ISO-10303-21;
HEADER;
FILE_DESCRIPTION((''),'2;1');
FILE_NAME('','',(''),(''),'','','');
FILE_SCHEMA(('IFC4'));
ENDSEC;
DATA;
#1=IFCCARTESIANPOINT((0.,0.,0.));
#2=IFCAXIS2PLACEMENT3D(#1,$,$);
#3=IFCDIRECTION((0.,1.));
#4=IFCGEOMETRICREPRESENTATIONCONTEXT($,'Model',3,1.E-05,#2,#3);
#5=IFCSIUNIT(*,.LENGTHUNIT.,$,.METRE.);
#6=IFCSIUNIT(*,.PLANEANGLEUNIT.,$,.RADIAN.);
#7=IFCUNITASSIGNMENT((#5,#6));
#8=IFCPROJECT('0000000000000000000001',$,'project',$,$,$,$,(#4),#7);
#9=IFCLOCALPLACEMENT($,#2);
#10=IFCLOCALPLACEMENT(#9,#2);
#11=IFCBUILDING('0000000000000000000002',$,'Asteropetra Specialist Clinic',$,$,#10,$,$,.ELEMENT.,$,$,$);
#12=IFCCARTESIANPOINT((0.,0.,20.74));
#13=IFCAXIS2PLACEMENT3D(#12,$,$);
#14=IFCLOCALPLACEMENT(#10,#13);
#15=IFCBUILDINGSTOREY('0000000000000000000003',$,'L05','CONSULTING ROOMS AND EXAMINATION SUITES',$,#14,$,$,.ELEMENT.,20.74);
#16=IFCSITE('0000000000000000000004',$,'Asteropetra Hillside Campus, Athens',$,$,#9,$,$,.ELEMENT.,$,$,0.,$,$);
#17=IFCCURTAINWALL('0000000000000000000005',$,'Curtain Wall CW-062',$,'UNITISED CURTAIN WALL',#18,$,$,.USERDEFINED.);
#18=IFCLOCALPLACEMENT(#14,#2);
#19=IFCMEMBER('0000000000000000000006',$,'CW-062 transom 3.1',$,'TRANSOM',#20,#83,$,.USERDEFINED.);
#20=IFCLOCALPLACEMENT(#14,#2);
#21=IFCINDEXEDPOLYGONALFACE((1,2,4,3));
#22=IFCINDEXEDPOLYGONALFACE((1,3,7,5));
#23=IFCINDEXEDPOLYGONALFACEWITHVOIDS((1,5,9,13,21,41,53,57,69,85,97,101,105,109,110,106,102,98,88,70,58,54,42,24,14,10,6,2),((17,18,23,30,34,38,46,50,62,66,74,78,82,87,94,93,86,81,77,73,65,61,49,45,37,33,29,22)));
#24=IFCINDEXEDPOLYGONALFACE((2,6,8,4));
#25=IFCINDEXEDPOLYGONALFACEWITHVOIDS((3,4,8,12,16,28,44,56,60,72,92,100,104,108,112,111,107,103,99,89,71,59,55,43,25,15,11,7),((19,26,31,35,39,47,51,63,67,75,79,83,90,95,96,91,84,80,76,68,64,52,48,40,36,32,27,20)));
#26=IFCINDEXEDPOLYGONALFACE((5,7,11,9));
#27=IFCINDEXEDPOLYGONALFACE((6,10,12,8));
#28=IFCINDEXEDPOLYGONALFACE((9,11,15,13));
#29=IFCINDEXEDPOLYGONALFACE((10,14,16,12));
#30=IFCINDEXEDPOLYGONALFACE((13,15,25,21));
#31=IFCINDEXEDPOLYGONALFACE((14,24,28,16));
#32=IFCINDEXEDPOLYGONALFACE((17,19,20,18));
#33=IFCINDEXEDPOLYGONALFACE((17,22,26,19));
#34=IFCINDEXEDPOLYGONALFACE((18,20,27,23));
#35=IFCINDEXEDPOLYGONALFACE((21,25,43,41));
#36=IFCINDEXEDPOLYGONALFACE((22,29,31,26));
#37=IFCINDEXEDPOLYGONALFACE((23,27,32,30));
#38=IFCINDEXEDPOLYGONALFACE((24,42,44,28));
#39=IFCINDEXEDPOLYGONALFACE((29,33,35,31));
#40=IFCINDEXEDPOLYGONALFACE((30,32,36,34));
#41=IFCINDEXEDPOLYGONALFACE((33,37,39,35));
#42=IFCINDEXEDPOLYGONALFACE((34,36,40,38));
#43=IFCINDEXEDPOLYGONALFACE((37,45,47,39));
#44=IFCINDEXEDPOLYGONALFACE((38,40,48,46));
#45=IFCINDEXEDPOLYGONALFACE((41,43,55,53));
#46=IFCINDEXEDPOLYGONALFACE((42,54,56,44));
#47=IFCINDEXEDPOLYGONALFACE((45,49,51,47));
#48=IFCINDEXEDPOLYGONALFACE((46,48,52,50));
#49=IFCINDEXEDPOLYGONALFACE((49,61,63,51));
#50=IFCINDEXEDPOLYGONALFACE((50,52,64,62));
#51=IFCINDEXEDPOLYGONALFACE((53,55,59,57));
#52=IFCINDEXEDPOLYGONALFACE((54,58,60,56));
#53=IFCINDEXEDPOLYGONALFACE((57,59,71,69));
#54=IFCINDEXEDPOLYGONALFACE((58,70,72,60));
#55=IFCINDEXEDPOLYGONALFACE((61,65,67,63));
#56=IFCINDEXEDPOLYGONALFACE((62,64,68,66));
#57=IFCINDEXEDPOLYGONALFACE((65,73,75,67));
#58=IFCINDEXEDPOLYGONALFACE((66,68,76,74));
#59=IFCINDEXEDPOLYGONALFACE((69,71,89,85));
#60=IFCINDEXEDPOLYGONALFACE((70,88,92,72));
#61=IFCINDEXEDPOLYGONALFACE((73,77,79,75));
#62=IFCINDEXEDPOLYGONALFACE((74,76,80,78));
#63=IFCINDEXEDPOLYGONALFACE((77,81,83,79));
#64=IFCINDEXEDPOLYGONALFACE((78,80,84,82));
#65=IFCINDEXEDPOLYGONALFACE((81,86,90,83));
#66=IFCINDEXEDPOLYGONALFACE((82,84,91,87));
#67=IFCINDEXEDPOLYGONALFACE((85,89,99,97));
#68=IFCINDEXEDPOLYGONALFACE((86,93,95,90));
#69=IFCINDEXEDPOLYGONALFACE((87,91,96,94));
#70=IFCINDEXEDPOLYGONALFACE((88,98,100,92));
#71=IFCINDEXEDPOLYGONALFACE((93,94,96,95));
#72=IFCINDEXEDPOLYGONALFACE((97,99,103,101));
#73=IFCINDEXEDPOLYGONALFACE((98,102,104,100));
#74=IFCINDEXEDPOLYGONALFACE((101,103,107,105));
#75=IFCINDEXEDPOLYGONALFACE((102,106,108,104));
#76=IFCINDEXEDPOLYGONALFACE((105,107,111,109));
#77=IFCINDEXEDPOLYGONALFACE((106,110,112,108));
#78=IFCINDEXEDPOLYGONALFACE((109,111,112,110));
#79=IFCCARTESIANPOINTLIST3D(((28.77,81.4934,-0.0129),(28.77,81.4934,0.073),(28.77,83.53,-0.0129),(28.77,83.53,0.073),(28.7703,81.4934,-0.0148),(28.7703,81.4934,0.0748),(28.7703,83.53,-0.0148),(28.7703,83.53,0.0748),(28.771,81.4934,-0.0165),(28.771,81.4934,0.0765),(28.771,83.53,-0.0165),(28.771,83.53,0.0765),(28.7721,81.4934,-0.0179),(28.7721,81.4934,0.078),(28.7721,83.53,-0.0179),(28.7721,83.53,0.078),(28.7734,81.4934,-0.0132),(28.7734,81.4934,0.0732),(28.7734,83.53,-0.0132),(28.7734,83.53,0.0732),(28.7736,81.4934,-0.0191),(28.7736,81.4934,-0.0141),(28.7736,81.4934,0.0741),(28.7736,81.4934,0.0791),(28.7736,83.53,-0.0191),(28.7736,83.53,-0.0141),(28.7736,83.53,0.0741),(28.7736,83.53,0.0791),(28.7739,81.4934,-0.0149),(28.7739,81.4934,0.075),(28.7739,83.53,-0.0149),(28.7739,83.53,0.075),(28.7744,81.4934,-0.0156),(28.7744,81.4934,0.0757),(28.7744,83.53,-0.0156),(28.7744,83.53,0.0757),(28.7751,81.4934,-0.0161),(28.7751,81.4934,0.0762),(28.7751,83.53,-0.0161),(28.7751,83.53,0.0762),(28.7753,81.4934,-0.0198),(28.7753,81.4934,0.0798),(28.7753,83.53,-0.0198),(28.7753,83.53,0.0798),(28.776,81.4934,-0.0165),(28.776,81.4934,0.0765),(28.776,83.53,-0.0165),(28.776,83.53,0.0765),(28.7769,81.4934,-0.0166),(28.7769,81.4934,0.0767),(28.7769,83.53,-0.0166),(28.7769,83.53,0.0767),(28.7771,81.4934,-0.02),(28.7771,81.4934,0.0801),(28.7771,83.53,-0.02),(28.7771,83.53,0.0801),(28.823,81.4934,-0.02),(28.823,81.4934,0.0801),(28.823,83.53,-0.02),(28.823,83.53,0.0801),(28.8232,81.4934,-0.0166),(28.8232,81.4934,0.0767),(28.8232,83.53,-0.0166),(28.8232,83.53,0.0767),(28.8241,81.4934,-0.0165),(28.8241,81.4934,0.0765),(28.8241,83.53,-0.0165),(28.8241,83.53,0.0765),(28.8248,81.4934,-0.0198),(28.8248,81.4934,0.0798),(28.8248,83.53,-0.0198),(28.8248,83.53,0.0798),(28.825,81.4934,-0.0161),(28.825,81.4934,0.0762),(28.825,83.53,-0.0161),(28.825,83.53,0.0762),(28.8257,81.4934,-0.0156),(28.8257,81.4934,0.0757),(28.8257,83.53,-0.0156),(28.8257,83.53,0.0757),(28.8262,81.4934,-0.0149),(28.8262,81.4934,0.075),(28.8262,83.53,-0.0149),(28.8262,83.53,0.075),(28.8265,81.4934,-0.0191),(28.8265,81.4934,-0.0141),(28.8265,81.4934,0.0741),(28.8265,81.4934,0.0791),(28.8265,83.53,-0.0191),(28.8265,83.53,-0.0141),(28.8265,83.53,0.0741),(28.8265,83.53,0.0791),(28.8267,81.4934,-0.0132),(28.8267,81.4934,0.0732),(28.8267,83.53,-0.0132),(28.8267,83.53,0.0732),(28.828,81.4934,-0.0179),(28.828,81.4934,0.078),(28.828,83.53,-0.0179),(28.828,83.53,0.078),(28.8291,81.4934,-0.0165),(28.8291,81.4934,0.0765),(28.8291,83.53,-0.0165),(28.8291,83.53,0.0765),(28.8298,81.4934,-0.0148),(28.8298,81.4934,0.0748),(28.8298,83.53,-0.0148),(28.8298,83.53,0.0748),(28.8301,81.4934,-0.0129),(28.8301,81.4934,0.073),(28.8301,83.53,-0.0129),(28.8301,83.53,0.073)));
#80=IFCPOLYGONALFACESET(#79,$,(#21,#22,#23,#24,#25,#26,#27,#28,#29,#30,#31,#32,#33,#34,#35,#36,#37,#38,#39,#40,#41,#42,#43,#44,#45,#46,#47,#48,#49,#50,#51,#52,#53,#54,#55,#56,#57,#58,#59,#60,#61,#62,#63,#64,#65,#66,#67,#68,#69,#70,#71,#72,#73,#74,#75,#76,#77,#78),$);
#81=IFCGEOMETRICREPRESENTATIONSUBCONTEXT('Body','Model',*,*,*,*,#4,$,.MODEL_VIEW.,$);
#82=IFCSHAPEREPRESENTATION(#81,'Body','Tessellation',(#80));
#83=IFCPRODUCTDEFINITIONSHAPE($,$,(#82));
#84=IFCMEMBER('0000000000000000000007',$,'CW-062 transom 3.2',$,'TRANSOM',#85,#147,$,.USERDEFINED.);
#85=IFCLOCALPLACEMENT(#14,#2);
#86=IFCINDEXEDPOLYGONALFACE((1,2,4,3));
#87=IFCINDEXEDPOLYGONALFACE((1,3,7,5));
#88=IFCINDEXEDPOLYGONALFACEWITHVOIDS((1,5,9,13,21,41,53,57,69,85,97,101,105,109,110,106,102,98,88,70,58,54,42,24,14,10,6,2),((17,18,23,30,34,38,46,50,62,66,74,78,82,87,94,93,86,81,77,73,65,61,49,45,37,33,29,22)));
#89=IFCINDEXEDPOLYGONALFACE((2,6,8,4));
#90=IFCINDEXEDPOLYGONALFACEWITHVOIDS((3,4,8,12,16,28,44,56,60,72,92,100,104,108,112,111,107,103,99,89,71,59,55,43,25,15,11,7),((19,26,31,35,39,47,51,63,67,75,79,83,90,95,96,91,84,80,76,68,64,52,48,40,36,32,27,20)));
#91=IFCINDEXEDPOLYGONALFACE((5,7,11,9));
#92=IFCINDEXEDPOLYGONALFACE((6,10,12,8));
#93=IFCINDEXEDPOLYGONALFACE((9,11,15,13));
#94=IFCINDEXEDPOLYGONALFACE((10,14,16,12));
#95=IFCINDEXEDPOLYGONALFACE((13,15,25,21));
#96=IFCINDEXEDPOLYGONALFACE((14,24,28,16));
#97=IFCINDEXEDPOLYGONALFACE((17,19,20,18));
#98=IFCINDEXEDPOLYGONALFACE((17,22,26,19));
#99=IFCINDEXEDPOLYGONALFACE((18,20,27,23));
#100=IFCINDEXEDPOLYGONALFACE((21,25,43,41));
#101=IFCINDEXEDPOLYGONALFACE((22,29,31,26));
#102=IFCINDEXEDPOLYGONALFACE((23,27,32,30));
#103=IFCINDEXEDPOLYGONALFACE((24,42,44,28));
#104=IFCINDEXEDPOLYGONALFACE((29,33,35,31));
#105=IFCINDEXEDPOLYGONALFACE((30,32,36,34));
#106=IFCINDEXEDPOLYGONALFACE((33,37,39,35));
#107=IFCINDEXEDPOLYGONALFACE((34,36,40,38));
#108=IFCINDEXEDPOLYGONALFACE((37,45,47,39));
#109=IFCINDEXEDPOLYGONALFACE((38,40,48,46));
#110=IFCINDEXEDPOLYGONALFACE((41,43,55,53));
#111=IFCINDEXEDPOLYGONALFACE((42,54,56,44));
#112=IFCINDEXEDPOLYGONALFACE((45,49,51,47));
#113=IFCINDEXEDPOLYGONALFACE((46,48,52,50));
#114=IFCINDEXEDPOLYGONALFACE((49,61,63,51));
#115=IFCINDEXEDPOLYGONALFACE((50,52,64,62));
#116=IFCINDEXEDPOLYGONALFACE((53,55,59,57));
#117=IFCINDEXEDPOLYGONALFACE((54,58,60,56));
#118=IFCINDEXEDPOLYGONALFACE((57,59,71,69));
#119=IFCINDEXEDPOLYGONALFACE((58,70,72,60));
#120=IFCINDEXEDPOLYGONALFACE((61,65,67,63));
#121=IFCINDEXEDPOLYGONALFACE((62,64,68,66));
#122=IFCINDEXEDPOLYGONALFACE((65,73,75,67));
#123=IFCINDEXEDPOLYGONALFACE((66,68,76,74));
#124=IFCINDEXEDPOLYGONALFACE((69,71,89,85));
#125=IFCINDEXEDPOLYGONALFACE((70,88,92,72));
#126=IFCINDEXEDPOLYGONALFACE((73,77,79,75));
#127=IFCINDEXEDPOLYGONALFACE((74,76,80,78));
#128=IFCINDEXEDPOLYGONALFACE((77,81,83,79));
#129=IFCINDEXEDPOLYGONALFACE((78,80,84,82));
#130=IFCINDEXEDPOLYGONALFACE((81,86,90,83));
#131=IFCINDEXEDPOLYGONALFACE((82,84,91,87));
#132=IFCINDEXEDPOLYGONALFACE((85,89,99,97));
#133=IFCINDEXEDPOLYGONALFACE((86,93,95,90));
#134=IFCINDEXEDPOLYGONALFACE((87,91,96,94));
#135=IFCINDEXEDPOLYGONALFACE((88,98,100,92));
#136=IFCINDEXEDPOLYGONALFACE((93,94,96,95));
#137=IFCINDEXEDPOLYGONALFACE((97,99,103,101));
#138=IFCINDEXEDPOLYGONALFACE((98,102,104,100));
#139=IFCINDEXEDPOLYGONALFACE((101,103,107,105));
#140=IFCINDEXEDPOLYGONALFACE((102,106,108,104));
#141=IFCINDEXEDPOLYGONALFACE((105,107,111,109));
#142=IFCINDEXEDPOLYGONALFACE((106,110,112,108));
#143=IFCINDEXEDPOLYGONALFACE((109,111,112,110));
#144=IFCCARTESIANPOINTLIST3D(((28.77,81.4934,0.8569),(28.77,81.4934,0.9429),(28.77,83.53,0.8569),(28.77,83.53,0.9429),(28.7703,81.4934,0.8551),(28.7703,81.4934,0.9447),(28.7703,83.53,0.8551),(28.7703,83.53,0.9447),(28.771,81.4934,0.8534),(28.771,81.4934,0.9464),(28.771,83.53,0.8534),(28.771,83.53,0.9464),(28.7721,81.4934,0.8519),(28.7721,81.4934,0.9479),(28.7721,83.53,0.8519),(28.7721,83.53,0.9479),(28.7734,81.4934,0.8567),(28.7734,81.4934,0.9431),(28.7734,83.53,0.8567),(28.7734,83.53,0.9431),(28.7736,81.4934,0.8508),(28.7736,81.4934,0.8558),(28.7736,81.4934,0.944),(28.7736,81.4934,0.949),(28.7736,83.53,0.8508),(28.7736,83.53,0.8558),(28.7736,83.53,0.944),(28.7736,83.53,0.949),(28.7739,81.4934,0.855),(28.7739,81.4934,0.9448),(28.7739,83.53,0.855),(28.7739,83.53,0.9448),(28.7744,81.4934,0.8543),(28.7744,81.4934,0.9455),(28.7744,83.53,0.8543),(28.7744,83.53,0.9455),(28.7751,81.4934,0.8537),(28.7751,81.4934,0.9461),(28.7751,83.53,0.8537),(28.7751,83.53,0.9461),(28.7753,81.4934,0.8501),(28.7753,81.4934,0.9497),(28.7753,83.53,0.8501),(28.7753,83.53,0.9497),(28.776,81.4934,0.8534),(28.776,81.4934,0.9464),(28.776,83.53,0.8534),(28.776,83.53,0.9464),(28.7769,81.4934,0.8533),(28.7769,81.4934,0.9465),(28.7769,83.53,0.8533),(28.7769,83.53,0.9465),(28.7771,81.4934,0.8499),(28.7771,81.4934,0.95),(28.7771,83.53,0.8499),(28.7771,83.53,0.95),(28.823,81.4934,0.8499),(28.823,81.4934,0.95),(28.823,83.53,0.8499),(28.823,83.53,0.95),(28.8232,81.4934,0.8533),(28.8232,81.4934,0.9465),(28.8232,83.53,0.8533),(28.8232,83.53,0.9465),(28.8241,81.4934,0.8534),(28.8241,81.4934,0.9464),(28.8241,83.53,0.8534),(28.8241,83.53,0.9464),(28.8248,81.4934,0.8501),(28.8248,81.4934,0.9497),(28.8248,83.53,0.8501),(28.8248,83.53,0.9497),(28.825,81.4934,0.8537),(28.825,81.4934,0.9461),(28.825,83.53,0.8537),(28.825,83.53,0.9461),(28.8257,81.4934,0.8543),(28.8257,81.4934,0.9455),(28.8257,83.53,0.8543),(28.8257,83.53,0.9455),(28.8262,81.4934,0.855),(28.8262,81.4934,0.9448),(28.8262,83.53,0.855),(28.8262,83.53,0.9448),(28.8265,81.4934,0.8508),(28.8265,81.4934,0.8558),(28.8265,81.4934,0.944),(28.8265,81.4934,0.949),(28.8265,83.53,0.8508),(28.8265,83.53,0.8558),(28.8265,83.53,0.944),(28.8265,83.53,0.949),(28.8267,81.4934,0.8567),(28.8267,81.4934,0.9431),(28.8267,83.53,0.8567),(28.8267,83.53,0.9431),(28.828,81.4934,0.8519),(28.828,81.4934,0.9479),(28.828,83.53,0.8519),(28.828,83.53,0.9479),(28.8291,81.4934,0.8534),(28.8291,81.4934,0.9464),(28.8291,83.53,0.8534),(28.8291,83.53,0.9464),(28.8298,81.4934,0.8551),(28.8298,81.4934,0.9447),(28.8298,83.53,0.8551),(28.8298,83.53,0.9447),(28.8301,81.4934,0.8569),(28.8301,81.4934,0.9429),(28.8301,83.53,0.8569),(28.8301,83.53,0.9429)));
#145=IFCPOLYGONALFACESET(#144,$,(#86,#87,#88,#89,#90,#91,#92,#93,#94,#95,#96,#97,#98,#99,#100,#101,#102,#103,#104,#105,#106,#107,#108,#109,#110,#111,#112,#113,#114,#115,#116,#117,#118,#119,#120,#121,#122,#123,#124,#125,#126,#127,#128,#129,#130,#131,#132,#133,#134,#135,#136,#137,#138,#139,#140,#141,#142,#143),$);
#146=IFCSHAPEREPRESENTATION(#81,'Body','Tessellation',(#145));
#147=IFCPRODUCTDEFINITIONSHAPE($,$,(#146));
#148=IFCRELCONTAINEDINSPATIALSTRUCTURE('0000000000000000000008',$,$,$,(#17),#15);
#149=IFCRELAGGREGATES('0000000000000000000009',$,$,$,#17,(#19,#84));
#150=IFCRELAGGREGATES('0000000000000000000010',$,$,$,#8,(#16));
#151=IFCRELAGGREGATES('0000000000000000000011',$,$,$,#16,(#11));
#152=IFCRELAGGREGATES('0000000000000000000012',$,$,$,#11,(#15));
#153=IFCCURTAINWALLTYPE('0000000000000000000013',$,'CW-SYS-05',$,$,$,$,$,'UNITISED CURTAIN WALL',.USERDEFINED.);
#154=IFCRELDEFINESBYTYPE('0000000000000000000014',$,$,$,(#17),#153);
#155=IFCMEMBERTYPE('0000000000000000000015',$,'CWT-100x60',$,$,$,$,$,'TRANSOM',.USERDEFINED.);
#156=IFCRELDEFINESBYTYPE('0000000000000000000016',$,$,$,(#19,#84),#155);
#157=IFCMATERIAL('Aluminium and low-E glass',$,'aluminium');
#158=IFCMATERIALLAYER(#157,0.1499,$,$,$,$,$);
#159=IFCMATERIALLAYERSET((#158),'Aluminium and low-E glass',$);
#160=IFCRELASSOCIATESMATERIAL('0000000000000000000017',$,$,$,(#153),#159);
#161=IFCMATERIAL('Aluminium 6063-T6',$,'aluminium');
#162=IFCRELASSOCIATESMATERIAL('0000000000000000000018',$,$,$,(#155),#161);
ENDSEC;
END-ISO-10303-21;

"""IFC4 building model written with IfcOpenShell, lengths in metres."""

from ifc_helpers import new_model, si_unit, direction, frame, origin, origin_2d, place, context, subcontext, project, spatial, hollow_rectangle, extrude, material, layer, layer_set, material_profile, profile_set, type_object, element, aggregate, save


model = new_model("IFC4")

# Units and contexts
model_context = context("Model", 3, precision=1e-05, world=origin(), true_north=direction((0.0, 1.0)))
body_context = subcontext(model_context, "Body", "Model", "MODEL_VIEW")
ifc_project = project(units=[si_unit("LENGTHUNIT", "METRE"), si_unit("PLANEANGLEUNIT", "RADIAN")], contexts=[model_context])

# Site, building, storey
site_placement = place(None, origin())
site = spatial("IfcSite", under=ifc_project, at=site_placement, Name="Asteropetra Hillside Campus, Athens", CompositionType="ELEMENT", RefElevation=0.0)
building_placement = place(site_placement, origin())
building = spatial("IfcBuilding", under=site, at=building_placement, Name="Asteropetra Specialist Clinic", CompositionType="ELEMENT")
storey_placement = place(building_placement, frame((0.0, 0.0, 20.74)))
storey = spatial("IfcBuildingStorey", under=building, at=storey_placement, Name="L05", Description="CONSULTING ROOMS AND EXAMINATION SUITES", CompositionType="ELEMENT", Elevation=20.74)

# Curtain wall, members
ifc_material_1 = material(Name="Aluminium and low-E glass", Category="aluminium")
ifc_layer_1 = layer(ifc_material_1, 0.1499)
ifc_layer_set_1 = layer_set([ifc_layer_1], Name="Aluminium and low-E glass")
curtain_wall_type = type_object("IfcCurtainWallType", Name="CW-SYS-05", ElementType="UNITISED CURTAIN WALL", PredefinedType="USERDEFINED", material=ifc_layer_set_1)
curtain_wall_placement = place(storey_placement, origin())
curtain_wall = element("IfcCurtainWall", 1, at=curtain_wall_placement, inside=storey, type_object=curtain_wall_type, Name="Curtain Wall CW-062", ObjectType="UNITISED CURTAIN WALL", PredefinedType="USERDEFINED")
ifc_material_2 = material(Name="Aluminium 6063-T6", Category="aluminium")
ifc_material_profile_1 = material_profile(ifc_material_2, hollow_rectangle(XDim=0.0601, YDim=0.1001, WallThickness=0.0034, InnerFilletRadius=0.0034, OuterFilletRadius=0.0071, at=origin_2d()), Name="TRN 100x60x3.5")
ifc_profile_set_1 = profile_set([ifc_material_profile_1], Name="Aluminium 6063-T6")
member_type_1 = type_object("IfcMemberType", Name="CWT-100x60", ElementType="TRANSOM", PredefinedType="USERDEFINED", material=ifc_profile_set_1)
member_1_placement = place(storey_placement, frame((28.8, 81.4934, 0.03), z_axis=(0.0, 1.0, 0.0), x_axis=(-1.0, 0.0, 0.0)))
member_1 = element("IfcMember", 2, at=member_1_placement, type_object=member_type_1, Name="CW-062 transom 3.1", ObjectType="TRANSOM", PredefinedType="USERDEFINED", context=body_context, shape_type="SweptSolid", body=[
    extrude(hollow_rectangle(XDim=0.0601, YDim=0.1001, WallThickness=0.0034, InnerFilletRadius=0.0034, OuterFilletRadius=0.0071, at=origin_2d()), origin(), (0.0, 0.0, 1.0), 2.0366),
])
member_2_placement = place(storey_placement, frame((28.8, 81.4934, 0.8999), z_axis=(0.0, 1.0, 0.0), x_axis=(-1.0, 0.0, 0.0)))
member_2 = element("IfcMember", 3, at=member_2_placement, type_object=member_type_1, Name="CW-062 transom 3.2", ObjectType="TRANSOM", PredefinedType="USERDEFINED", context=body_context, shape_type="SweptSolid", body=[
    extrude(hollow_rectangle(XDim=0.0601, YDim=0.1001, WallThickness=0.0034, InnerFilletRadius=0.0034, OuterFilletRadius=0.0071, at=origin_2d()), origin(), (0.0, 0.0, 1.0), 2.0366),
])
aggregate(curtain_wall, [member_1, member_2])

save(model, "model.ifc")
